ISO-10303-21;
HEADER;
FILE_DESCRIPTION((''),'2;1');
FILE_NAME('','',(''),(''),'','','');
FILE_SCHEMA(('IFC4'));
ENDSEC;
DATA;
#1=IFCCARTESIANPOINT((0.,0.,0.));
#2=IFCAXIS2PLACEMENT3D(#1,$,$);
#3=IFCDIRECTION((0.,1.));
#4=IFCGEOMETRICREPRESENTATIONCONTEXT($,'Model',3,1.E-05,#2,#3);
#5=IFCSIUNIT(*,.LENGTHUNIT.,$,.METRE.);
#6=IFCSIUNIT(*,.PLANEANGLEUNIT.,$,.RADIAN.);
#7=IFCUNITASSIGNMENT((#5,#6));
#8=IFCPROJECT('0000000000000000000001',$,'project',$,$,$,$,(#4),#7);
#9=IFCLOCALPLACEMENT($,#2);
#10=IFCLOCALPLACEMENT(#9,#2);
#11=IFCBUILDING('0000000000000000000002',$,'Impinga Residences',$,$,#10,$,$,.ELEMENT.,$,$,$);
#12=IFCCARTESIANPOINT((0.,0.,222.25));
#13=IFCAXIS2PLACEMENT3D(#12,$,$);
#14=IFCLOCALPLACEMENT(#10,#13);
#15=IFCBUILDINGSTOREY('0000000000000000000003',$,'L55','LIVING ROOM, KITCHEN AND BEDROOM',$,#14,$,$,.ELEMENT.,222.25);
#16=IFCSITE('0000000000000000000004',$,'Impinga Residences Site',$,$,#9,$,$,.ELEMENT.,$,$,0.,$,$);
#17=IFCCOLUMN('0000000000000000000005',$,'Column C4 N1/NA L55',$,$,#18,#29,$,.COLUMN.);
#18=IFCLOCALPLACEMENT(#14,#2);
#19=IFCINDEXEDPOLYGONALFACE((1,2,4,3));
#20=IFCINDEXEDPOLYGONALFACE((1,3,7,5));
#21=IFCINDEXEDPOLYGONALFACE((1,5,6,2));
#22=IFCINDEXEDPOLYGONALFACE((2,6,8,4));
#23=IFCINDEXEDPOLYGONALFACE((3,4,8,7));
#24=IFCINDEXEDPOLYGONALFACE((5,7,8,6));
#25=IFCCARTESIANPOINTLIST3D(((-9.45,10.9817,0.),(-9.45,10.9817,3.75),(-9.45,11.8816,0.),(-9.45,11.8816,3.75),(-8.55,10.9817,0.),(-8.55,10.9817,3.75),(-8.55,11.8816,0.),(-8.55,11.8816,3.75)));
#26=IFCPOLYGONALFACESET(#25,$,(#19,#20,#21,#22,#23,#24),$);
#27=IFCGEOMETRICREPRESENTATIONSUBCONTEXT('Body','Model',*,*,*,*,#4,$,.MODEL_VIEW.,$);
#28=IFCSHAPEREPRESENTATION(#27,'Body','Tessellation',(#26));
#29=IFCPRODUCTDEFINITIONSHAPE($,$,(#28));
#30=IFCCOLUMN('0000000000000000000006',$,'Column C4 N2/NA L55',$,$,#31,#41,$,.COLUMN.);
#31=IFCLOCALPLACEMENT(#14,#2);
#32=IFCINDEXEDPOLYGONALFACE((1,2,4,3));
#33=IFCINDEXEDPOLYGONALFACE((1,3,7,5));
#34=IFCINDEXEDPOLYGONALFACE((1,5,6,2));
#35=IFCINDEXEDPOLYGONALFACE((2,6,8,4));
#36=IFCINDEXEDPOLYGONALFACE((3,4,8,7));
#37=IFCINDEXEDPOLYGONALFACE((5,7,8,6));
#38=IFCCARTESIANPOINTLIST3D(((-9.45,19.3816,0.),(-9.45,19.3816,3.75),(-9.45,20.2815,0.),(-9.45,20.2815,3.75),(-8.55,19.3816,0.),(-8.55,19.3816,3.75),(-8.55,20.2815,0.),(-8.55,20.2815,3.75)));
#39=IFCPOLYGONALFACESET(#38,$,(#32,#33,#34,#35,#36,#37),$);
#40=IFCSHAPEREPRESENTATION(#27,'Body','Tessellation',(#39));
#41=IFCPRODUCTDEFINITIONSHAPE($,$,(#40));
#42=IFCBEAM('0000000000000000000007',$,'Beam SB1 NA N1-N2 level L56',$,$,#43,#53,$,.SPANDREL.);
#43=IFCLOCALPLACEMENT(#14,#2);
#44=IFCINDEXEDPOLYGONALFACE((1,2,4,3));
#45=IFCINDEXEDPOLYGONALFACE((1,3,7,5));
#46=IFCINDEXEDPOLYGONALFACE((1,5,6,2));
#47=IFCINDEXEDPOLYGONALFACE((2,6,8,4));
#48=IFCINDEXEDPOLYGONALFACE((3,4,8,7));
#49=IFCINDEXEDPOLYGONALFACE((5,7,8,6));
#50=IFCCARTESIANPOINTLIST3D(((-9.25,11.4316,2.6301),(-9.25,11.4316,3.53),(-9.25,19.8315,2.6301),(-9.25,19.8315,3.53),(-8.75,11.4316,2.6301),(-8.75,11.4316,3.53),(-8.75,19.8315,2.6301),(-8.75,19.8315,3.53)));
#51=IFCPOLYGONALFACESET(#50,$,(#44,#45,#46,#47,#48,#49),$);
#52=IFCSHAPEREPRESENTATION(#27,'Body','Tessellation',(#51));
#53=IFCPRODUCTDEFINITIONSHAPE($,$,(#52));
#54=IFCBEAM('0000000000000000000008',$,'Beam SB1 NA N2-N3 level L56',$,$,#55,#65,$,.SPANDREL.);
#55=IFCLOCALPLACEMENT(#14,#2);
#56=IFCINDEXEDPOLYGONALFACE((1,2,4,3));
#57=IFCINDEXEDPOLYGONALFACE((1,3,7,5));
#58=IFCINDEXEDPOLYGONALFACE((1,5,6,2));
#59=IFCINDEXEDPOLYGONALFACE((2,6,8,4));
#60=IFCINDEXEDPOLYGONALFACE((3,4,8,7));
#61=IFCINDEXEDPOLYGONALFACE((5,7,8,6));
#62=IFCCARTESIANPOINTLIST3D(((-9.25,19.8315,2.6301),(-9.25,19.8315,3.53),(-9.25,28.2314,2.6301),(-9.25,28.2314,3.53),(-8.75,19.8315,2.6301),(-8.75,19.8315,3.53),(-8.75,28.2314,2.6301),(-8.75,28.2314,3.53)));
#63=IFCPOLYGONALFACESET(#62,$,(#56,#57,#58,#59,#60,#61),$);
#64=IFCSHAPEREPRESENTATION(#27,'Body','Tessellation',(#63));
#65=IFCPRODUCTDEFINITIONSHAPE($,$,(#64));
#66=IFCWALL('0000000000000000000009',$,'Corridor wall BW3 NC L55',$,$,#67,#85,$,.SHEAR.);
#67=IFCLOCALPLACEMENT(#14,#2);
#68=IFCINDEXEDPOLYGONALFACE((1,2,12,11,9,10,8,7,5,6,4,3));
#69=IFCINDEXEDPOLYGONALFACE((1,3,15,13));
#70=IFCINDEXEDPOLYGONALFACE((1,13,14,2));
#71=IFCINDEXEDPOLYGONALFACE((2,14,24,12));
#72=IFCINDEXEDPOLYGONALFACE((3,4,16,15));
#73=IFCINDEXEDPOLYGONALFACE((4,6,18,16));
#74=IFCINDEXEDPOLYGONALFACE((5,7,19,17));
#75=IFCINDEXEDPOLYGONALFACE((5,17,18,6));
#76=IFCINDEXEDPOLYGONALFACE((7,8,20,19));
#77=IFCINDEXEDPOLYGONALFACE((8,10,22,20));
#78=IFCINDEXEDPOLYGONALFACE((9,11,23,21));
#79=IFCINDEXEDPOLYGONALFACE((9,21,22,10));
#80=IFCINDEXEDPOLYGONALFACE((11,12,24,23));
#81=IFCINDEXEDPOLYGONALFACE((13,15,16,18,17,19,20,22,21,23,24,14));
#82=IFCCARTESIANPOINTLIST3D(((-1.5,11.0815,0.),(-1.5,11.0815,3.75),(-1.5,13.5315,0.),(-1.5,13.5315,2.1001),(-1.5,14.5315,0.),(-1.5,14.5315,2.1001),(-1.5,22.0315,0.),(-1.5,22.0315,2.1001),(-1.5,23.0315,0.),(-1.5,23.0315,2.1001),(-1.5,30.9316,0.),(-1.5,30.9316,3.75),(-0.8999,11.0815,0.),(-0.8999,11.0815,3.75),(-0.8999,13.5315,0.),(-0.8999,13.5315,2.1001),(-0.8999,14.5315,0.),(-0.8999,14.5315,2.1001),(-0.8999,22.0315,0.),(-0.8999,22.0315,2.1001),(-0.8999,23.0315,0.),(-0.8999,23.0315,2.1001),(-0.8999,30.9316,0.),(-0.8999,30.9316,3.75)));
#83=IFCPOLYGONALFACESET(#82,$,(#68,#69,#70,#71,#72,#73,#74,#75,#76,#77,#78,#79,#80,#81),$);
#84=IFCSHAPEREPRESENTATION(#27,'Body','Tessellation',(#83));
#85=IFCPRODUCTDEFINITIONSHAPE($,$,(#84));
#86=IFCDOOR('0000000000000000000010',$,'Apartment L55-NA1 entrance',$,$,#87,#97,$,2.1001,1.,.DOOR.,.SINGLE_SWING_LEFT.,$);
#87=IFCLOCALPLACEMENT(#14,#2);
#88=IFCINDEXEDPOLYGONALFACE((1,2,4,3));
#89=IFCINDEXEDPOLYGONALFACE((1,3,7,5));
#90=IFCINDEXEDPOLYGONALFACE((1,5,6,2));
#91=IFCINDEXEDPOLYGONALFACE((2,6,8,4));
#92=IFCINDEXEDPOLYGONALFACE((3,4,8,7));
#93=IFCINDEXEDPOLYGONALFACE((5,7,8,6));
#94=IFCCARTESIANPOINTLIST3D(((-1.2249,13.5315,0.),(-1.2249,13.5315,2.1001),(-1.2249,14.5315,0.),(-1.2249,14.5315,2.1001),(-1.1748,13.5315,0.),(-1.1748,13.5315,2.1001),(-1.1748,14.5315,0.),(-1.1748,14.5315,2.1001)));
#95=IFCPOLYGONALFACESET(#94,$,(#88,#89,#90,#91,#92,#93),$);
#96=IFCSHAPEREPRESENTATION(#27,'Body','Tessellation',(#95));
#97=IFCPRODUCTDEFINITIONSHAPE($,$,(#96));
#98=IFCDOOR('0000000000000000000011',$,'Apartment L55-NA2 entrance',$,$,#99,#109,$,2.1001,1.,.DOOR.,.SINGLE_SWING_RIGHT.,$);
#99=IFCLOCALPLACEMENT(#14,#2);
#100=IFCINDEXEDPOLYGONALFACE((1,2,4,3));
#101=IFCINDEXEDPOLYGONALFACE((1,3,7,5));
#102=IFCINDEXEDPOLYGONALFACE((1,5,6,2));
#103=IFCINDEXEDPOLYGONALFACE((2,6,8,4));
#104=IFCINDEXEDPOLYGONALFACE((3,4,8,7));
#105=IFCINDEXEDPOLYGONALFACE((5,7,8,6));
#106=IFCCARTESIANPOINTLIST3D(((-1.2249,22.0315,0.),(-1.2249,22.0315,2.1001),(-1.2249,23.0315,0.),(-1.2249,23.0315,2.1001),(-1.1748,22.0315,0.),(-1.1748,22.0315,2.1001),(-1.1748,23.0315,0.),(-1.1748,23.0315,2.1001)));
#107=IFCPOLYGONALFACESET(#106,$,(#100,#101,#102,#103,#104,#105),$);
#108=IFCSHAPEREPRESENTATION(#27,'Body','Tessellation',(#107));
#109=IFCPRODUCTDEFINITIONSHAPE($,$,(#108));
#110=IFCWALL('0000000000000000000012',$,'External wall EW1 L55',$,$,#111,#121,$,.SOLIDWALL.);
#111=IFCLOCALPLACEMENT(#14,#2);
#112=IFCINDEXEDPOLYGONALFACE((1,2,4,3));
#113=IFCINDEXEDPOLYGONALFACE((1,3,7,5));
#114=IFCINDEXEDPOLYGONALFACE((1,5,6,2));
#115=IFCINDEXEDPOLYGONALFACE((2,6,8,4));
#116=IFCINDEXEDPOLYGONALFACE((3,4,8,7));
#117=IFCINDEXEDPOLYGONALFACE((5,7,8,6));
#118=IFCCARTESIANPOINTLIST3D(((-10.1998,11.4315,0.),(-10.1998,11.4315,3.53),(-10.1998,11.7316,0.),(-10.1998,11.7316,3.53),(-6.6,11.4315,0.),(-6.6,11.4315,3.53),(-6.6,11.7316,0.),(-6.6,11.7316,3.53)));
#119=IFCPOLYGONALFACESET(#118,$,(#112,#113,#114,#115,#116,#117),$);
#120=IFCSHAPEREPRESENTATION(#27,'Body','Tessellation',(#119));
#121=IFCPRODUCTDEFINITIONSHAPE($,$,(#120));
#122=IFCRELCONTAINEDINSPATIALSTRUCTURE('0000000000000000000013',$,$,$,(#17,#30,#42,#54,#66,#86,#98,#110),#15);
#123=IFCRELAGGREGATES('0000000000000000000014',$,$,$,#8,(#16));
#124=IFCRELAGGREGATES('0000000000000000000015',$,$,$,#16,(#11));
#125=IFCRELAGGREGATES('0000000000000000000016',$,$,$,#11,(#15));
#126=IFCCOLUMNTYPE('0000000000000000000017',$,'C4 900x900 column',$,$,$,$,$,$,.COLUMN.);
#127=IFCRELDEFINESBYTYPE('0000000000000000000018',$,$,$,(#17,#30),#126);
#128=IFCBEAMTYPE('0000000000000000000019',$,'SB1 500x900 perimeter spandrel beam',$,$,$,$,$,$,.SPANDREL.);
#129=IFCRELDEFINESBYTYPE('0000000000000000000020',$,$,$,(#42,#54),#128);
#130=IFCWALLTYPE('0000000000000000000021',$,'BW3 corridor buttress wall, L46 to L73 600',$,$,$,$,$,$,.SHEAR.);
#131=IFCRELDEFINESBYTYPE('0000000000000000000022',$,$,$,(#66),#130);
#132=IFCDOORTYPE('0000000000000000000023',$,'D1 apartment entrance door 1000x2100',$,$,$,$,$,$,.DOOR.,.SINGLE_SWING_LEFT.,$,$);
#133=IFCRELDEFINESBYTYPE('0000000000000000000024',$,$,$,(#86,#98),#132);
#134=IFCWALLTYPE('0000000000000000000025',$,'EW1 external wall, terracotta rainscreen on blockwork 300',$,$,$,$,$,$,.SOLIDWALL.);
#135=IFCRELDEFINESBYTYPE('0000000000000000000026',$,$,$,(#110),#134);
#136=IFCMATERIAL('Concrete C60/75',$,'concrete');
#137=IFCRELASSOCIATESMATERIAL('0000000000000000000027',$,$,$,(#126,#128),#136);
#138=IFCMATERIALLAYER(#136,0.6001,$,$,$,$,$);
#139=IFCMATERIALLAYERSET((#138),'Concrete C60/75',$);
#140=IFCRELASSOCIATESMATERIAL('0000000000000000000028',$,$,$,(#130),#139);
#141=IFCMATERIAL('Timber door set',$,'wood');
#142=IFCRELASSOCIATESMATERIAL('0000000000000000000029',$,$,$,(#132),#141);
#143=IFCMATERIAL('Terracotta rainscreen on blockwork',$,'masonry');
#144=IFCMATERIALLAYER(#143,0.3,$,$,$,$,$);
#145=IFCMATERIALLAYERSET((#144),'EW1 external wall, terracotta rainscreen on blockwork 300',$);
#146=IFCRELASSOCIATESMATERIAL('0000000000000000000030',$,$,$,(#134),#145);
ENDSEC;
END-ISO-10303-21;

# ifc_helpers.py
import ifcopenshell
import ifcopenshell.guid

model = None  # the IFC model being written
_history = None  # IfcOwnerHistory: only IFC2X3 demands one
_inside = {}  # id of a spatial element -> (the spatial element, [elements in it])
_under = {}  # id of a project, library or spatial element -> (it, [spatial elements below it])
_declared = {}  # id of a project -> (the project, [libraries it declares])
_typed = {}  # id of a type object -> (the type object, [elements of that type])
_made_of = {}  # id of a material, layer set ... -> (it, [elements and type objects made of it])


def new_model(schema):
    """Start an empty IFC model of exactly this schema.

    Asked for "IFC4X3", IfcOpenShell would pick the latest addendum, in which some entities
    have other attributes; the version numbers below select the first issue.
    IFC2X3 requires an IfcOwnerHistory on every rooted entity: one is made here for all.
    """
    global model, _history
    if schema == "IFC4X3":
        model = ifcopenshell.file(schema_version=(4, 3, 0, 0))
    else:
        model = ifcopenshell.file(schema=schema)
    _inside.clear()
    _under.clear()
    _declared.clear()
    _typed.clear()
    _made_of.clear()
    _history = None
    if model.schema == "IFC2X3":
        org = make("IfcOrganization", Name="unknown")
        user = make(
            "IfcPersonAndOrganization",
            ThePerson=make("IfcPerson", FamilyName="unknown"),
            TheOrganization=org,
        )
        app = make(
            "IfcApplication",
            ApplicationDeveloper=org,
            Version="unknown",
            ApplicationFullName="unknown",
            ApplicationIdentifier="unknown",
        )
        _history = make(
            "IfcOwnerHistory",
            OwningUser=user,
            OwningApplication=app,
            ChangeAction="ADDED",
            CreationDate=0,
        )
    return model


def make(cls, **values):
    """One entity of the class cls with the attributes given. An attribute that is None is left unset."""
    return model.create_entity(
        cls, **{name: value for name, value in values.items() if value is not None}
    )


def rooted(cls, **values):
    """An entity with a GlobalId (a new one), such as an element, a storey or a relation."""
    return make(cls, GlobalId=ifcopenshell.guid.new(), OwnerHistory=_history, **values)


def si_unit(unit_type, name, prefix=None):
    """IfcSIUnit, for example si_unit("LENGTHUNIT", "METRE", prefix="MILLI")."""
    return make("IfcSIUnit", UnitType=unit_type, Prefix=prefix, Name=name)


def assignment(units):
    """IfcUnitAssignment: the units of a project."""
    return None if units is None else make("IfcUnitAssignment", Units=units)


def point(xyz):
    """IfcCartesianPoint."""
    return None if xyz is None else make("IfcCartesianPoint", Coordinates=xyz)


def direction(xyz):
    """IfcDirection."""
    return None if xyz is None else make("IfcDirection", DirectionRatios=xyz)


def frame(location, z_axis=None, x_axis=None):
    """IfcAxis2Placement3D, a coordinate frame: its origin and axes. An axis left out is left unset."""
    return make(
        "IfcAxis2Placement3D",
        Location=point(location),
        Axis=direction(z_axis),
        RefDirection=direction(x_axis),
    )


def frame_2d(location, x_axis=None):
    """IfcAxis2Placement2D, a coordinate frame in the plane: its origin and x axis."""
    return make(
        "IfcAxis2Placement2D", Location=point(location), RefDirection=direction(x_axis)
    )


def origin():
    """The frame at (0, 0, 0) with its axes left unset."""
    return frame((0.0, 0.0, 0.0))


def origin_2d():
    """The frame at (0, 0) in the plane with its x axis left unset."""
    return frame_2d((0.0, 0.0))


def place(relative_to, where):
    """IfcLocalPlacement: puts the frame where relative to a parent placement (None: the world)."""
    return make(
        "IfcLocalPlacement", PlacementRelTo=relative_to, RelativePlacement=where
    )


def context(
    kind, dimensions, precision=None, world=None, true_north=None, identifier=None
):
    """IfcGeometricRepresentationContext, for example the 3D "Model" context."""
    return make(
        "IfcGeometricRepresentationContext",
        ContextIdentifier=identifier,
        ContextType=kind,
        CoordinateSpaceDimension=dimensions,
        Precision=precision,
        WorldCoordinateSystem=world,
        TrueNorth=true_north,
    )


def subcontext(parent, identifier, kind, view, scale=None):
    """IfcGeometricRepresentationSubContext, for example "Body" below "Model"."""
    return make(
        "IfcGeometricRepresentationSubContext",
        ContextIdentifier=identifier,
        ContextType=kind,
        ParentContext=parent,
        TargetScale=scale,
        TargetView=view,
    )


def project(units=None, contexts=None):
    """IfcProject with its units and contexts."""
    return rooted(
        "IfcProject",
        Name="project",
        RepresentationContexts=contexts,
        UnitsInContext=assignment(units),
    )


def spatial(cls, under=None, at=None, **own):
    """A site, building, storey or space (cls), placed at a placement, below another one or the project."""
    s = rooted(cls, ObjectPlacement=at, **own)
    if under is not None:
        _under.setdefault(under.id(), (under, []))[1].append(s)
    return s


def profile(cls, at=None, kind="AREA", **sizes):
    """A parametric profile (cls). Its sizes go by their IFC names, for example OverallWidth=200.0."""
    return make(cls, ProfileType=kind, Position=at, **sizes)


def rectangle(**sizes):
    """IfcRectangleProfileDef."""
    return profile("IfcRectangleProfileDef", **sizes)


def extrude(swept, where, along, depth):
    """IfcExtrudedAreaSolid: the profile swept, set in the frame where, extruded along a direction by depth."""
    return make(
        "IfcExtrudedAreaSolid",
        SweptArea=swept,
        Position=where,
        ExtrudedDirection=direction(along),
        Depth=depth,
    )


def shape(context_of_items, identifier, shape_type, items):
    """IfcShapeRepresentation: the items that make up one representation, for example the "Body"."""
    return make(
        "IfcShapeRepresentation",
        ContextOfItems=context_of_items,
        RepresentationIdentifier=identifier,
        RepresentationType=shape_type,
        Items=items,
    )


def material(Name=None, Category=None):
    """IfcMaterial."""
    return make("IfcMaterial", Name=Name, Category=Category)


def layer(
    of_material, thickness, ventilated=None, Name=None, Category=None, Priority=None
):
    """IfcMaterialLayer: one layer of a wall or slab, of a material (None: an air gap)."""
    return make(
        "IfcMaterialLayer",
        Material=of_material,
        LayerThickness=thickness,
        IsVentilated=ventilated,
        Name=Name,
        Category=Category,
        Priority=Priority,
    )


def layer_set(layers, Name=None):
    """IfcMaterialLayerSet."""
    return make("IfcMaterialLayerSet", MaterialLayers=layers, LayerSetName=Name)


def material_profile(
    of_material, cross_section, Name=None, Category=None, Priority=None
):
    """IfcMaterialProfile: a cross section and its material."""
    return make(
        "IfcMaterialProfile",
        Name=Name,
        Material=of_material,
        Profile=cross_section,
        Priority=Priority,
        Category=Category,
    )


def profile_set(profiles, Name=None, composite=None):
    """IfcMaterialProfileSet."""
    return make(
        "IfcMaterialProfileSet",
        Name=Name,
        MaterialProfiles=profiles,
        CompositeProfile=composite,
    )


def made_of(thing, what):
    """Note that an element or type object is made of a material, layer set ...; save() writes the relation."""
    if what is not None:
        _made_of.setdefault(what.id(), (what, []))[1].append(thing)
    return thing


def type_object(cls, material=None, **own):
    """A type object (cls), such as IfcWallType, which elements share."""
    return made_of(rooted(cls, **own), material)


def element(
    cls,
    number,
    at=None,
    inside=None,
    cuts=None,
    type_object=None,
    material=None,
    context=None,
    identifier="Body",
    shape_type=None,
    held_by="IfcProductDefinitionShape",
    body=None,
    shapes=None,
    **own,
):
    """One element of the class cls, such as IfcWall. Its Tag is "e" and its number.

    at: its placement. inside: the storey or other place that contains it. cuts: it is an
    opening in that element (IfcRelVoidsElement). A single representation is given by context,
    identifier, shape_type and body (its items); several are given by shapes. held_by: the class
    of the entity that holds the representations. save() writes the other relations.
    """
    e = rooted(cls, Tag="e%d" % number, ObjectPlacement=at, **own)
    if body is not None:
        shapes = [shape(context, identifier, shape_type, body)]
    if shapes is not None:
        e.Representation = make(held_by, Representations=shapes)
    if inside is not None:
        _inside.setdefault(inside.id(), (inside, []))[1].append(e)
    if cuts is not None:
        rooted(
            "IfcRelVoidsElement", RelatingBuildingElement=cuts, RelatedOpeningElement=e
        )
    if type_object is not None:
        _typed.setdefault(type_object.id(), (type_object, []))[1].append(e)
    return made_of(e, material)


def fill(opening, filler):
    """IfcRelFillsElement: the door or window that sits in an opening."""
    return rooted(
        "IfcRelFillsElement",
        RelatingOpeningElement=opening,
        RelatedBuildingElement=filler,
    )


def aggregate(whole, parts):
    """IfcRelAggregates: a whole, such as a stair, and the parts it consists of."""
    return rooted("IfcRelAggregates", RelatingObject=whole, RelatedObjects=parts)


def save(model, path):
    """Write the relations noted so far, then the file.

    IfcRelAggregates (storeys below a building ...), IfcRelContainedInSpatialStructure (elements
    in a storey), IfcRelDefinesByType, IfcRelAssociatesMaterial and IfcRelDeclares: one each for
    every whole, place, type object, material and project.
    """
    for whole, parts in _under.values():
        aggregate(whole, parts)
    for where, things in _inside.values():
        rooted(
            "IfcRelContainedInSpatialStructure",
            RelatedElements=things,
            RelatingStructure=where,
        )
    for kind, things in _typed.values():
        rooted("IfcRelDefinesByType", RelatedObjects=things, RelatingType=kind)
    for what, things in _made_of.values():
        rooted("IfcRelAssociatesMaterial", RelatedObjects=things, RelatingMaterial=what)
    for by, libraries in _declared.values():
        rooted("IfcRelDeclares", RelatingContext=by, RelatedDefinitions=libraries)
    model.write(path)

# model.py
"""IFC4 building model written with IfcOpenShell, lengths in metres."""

from ifc_helpers import new_model, si_unit, direction, frame, frame_2d, origin, origin_2d, place, context, subcontext, project, spatial, rectangle, extrude, material, layer, layer_set, material_profile, profile_set, type_object, element, fill, save


model = new_model("IFC4")

# Units and contexts
model_context = context("Model", 3, precision=1e-05, world=origin(), true_north=direction((0.0, 1.0)))
body_context = subcontext(model_context, "Body", "Model", "MODEL_VIEW")
ifc_project = project(units=[si_unit("LENGTHUNIT", "METRE"), si_unit("PLANEANGLEUNIT", "RADIAN")], contexts=[model_context])

# Site, building, storey
site_placement = place(None, origin())
site = spatial("IfcSite", under=ifc_project, at=site_placement, Name="Impinga Residences Site", CompositionType="ELEMENT", RefElevation=0.0)
building_placement = place(site_placement, origin())
building = spatial("IfcBuilding", under=site, at=building_placement, Name="Impinga Residences", CompositionType="ELEMENT")
storey_placement = place(building_placement, frame((0.0, 0.0, 222.25)))
storey = spatial("IfcBuildingStorey", under=building, at=storey_placement, Name="L55", Description="LIVING ROOM, KITCHEN AND BEDROOM", CompositionType="ELEMENT", Elevation=222.25)

# Columns
ifc_material_1 = material(Name="Concrete C60/75", Category="concrete")
ifc_material_profile_1 = material_profile(ifc_material_1, rectangle(XDim=0.8999, YDim=0.8999, at=origin_2d()), Name="RC 900x900")
ifc_profile_set_1 = profile_set([ifc_material_profile_1], Name="Concrete C60/75")
column_type = type_object("IfcColumnType", Name="C4 900x900 column", PredefinedType="COLUMN", material=ifc_profile_set_1)
for number, where, z_axis, x_axis, name in (
    (1, (-9.0, 11.4316, 0.0), (0.0, 0.0, 1.0), (1.0, 0.0, 0.0), "Column C4 N1/NA L55"),
    (2, (-9.0, 19.8315, 0.0), (0.0, 0.0, 1.0), (1.0, 0.0, 0.0), "Column C4 N2/NA L55"),
):
    element("IfcColumn", number, at=place(storey_placement, frame(where, z_axis=z_axis, x_axis=x_axis)), inside=storey, type_object=column_type, Name=name, PredefinedType="COLUMN", context=body_context, shape_type="SweptSolid", body=[
        extrude(rectangle(XDim=0.8999, YDim=0.8999, at=origin_2d()), origin(), (0.0, 0.0, 1.0), 3.75),
    ])

# Beams
ifc_material_profile_2 = material_profile(ifc_material_1, rectangle(XDim=0.5, YDim=0.8999, at=origin_2d()), Name="RC 500x900")
ifc_profile_set_2 = profile_set([ifc_material_profile_2], Name="Concrete C60/75")
beam_type = type_object("IfcBeamType", Name="SB1 500x900 perimeter spandrel beam", PredefinedType="SPANDREL", material=ifc_profile_set_2)
for number, where, z_axis, x_axis, name in (
    (3, (-9.0, 11.4316, 3.0801), (0.0, 1.0, 0.0), (-1.0, 0.0, 0.0), "Beam SB1 NA N1-N2 level L56"),
    (4, (-9.0, 19.8315, 3.0801), (0.0, 1.0, 0.0), (-1.0, 0.0, 0.0), "Beam SB1 NA N2-N3 level L56"),
):
    element("IfcBeam", number, at=place(storey_placement, frame(where, z_axis=z_axis, x_axis=x_axis)), inside=storey, type_object=beam_type, Name=name, PredefinedType="SPANDREL", context=body_context, shape_type="SweptSolid", body=[
        extrude(rectangle(XDim=0.5, YDim=0.8999, at=origin_2d()), origin(), (0.0, 0.0, 1.0), 8.3999),
    ])

# Wall, openings, doors
ifc_layer_1 = layer(ifc_material_1, 0.6001)
ifc_layer_set_1 = layer_set([ifc_layer_1], Name="Concrete C60/75")
wall_type_1 = type_object("IfcWallType", Name="BW3 corridor buttress wall, L46 to L73 600", PredefinedType="SHEAR", material=ifc_layer_set_1)
wall_1_placement = place(storey_placement, frame((-1.2, 11.0815, 0.0), z_axis=(0.0, 0.0, 1.0), x_axis=(0.0, 1.0, 0.0)))
wall_1 = element("IfcWall", 5, at=wall_1_placement, inside=storey, type_object=wall_type_1, Name="Corridor wall BW3 NC L55", PredefinedType="SHEAR", context=body_context, shape_type="SweptSolid", body=[
    extrude(rectangle(XDim=19.8501, YDim=0.6001, at=frame_2d((9.925, 0.0))), origin(), (0.0, 0.0, 1.0), 3.75),
])
opening_1_placement = place(wall_1_placement, frame((2.45, 0.0, 0.0)))
opening_1 = element("IfcOpeningElement", 6, at=opening_1_placement, cuts=wall_1, PredefinedType="OPENING", context=body_context, shape_type="SweptSolid", body=[
    extrude(rectangle(XDim=1.0, YDim=2.1001, at=frame_2d((0.5, 1.05))), frame((0.0, 0.3101, 0.0), z_axis=(0.0, -1.0, 0.0), x_axis=(1.0, 0.0, 0.0)), (0.0, 0.0, 1.0), 0.6201),
])
opening_2_placement = place(wall_1_placement, frame((10.95, 0.0, 0.0)))
opening_2 = element("IfcOpeningElement", 7, at=opening_2_placement, cuts=wall_1, PredefinedType="OPENING", context=body_context, shape_type="SweptSolid", body=[
    extrude(rectangle(XDim=1.0, YDim=2.1001, at=frame_2d((0.5, 1.05))), frame((0.0, 0.3101, 0.0), z_axis=(0.0, -1.0, 0.0), x_axis=(1.0, 0.0, 0.0)), (0.0, 0.0, 1.0), 0.6201),
])
ifc_material_2 = material(Name="Timber door set", Category="wood")
door_type_1 = type_object("IfcDoorType", Name="D1 apartment entrance door 1000x2100", OperationType="SINGLE_SWING_LEFT", PredefinedType="DOOR", material=ifc_material_2)
door_1_placement = place(opening_1_placement, origin())
door_1 = element("IfcDoor", 8, at=door_1_placement, inside=storey, type_object=door_type_1, Name="Apartment L55-NA1 entrance", OperationType="SINGLE_SWING_LEFT", OverallHeight=2.1001, OverallWidth=1.0, PredefinedType="DOOR", context=body_context, shape_type="SweptSolid", body=[
    extrude(rectangle(XDim=1.0, YDim=2.1001, at=frame_2d((0.5, 1.05))), frame((0.0, 0.0249, 0.0), z_axis=(0.0, -1.0, 0.0), x_axis=(1.0, 0.0, 0.0)), (0.0, 0.0, 1.0), 0.05),
])
fill(opening_1, door_1)
door_2_placement = place(opening_2_placement, origin())
door_2 = element("IfcDoor", 9, at=door_2_placement, inside=storey, type_object=door_type_1, Name="Apartment L55-NA2 entrance", OperationType="SINGLE_SWING_RIGHT", OverallHeight=2.1001, OverallWidth=1.0, PredefinedType="DOOR", context=body_context, shape_type="SweptSolid", body=[
    extrude(rectangle(XDim=1.0, YDim=2.1001, at=frame_2d((0.5, 1.05))), frame((0.0, 0.0249, 0.0), z_axis=(0.0, -1.0, 0.0), x_axis=(1.0, 0.0, 0.0)), (0.0, 0.0, 1.0), 0.05),
])
fill(opening_2, door_2)

# Wall
ifc_material_3 = material(Name="Terracotta rainscreen on blockwork", Category="masonry")
ifc_layer_2 = layer(ifc_material_3, 0.3)
ifc_layer_set_2 = layer_set([ifc_layer_2], Name="EW1 external wall, terracotta rainscreen on blockwork 300")
wall_type_2 = type_object("IfcWallType", Name="EW1 external wall, terracotta rainscreen on blockwork 300", PredefinedType="SOLIDWALL", material=ifc_layer_set_2)
wall_2_placement = place(storey_placement, frame((-6.6001, 11.5815, 0.0), z_axis=(0.0, 0.0, 1.0), x_axis=(-1.0, 0.0, 0.0)))
element("IfcWall", 10, at=wall_2_placement, inside=storey, type_object=wall_type_2, Name="External wall EW1 L55", PredefinedType="SOLIDWALL", context=body_context, shape_type="SweptSolid", body=[
    extrude(rectangle(XDim=3.5999, YDim=0.3, at=frame_2d((1.7998, 0.0))), origin(), (0.0, 0.0, 1.0), 3.53),
])

save(model, "model.ifc")
